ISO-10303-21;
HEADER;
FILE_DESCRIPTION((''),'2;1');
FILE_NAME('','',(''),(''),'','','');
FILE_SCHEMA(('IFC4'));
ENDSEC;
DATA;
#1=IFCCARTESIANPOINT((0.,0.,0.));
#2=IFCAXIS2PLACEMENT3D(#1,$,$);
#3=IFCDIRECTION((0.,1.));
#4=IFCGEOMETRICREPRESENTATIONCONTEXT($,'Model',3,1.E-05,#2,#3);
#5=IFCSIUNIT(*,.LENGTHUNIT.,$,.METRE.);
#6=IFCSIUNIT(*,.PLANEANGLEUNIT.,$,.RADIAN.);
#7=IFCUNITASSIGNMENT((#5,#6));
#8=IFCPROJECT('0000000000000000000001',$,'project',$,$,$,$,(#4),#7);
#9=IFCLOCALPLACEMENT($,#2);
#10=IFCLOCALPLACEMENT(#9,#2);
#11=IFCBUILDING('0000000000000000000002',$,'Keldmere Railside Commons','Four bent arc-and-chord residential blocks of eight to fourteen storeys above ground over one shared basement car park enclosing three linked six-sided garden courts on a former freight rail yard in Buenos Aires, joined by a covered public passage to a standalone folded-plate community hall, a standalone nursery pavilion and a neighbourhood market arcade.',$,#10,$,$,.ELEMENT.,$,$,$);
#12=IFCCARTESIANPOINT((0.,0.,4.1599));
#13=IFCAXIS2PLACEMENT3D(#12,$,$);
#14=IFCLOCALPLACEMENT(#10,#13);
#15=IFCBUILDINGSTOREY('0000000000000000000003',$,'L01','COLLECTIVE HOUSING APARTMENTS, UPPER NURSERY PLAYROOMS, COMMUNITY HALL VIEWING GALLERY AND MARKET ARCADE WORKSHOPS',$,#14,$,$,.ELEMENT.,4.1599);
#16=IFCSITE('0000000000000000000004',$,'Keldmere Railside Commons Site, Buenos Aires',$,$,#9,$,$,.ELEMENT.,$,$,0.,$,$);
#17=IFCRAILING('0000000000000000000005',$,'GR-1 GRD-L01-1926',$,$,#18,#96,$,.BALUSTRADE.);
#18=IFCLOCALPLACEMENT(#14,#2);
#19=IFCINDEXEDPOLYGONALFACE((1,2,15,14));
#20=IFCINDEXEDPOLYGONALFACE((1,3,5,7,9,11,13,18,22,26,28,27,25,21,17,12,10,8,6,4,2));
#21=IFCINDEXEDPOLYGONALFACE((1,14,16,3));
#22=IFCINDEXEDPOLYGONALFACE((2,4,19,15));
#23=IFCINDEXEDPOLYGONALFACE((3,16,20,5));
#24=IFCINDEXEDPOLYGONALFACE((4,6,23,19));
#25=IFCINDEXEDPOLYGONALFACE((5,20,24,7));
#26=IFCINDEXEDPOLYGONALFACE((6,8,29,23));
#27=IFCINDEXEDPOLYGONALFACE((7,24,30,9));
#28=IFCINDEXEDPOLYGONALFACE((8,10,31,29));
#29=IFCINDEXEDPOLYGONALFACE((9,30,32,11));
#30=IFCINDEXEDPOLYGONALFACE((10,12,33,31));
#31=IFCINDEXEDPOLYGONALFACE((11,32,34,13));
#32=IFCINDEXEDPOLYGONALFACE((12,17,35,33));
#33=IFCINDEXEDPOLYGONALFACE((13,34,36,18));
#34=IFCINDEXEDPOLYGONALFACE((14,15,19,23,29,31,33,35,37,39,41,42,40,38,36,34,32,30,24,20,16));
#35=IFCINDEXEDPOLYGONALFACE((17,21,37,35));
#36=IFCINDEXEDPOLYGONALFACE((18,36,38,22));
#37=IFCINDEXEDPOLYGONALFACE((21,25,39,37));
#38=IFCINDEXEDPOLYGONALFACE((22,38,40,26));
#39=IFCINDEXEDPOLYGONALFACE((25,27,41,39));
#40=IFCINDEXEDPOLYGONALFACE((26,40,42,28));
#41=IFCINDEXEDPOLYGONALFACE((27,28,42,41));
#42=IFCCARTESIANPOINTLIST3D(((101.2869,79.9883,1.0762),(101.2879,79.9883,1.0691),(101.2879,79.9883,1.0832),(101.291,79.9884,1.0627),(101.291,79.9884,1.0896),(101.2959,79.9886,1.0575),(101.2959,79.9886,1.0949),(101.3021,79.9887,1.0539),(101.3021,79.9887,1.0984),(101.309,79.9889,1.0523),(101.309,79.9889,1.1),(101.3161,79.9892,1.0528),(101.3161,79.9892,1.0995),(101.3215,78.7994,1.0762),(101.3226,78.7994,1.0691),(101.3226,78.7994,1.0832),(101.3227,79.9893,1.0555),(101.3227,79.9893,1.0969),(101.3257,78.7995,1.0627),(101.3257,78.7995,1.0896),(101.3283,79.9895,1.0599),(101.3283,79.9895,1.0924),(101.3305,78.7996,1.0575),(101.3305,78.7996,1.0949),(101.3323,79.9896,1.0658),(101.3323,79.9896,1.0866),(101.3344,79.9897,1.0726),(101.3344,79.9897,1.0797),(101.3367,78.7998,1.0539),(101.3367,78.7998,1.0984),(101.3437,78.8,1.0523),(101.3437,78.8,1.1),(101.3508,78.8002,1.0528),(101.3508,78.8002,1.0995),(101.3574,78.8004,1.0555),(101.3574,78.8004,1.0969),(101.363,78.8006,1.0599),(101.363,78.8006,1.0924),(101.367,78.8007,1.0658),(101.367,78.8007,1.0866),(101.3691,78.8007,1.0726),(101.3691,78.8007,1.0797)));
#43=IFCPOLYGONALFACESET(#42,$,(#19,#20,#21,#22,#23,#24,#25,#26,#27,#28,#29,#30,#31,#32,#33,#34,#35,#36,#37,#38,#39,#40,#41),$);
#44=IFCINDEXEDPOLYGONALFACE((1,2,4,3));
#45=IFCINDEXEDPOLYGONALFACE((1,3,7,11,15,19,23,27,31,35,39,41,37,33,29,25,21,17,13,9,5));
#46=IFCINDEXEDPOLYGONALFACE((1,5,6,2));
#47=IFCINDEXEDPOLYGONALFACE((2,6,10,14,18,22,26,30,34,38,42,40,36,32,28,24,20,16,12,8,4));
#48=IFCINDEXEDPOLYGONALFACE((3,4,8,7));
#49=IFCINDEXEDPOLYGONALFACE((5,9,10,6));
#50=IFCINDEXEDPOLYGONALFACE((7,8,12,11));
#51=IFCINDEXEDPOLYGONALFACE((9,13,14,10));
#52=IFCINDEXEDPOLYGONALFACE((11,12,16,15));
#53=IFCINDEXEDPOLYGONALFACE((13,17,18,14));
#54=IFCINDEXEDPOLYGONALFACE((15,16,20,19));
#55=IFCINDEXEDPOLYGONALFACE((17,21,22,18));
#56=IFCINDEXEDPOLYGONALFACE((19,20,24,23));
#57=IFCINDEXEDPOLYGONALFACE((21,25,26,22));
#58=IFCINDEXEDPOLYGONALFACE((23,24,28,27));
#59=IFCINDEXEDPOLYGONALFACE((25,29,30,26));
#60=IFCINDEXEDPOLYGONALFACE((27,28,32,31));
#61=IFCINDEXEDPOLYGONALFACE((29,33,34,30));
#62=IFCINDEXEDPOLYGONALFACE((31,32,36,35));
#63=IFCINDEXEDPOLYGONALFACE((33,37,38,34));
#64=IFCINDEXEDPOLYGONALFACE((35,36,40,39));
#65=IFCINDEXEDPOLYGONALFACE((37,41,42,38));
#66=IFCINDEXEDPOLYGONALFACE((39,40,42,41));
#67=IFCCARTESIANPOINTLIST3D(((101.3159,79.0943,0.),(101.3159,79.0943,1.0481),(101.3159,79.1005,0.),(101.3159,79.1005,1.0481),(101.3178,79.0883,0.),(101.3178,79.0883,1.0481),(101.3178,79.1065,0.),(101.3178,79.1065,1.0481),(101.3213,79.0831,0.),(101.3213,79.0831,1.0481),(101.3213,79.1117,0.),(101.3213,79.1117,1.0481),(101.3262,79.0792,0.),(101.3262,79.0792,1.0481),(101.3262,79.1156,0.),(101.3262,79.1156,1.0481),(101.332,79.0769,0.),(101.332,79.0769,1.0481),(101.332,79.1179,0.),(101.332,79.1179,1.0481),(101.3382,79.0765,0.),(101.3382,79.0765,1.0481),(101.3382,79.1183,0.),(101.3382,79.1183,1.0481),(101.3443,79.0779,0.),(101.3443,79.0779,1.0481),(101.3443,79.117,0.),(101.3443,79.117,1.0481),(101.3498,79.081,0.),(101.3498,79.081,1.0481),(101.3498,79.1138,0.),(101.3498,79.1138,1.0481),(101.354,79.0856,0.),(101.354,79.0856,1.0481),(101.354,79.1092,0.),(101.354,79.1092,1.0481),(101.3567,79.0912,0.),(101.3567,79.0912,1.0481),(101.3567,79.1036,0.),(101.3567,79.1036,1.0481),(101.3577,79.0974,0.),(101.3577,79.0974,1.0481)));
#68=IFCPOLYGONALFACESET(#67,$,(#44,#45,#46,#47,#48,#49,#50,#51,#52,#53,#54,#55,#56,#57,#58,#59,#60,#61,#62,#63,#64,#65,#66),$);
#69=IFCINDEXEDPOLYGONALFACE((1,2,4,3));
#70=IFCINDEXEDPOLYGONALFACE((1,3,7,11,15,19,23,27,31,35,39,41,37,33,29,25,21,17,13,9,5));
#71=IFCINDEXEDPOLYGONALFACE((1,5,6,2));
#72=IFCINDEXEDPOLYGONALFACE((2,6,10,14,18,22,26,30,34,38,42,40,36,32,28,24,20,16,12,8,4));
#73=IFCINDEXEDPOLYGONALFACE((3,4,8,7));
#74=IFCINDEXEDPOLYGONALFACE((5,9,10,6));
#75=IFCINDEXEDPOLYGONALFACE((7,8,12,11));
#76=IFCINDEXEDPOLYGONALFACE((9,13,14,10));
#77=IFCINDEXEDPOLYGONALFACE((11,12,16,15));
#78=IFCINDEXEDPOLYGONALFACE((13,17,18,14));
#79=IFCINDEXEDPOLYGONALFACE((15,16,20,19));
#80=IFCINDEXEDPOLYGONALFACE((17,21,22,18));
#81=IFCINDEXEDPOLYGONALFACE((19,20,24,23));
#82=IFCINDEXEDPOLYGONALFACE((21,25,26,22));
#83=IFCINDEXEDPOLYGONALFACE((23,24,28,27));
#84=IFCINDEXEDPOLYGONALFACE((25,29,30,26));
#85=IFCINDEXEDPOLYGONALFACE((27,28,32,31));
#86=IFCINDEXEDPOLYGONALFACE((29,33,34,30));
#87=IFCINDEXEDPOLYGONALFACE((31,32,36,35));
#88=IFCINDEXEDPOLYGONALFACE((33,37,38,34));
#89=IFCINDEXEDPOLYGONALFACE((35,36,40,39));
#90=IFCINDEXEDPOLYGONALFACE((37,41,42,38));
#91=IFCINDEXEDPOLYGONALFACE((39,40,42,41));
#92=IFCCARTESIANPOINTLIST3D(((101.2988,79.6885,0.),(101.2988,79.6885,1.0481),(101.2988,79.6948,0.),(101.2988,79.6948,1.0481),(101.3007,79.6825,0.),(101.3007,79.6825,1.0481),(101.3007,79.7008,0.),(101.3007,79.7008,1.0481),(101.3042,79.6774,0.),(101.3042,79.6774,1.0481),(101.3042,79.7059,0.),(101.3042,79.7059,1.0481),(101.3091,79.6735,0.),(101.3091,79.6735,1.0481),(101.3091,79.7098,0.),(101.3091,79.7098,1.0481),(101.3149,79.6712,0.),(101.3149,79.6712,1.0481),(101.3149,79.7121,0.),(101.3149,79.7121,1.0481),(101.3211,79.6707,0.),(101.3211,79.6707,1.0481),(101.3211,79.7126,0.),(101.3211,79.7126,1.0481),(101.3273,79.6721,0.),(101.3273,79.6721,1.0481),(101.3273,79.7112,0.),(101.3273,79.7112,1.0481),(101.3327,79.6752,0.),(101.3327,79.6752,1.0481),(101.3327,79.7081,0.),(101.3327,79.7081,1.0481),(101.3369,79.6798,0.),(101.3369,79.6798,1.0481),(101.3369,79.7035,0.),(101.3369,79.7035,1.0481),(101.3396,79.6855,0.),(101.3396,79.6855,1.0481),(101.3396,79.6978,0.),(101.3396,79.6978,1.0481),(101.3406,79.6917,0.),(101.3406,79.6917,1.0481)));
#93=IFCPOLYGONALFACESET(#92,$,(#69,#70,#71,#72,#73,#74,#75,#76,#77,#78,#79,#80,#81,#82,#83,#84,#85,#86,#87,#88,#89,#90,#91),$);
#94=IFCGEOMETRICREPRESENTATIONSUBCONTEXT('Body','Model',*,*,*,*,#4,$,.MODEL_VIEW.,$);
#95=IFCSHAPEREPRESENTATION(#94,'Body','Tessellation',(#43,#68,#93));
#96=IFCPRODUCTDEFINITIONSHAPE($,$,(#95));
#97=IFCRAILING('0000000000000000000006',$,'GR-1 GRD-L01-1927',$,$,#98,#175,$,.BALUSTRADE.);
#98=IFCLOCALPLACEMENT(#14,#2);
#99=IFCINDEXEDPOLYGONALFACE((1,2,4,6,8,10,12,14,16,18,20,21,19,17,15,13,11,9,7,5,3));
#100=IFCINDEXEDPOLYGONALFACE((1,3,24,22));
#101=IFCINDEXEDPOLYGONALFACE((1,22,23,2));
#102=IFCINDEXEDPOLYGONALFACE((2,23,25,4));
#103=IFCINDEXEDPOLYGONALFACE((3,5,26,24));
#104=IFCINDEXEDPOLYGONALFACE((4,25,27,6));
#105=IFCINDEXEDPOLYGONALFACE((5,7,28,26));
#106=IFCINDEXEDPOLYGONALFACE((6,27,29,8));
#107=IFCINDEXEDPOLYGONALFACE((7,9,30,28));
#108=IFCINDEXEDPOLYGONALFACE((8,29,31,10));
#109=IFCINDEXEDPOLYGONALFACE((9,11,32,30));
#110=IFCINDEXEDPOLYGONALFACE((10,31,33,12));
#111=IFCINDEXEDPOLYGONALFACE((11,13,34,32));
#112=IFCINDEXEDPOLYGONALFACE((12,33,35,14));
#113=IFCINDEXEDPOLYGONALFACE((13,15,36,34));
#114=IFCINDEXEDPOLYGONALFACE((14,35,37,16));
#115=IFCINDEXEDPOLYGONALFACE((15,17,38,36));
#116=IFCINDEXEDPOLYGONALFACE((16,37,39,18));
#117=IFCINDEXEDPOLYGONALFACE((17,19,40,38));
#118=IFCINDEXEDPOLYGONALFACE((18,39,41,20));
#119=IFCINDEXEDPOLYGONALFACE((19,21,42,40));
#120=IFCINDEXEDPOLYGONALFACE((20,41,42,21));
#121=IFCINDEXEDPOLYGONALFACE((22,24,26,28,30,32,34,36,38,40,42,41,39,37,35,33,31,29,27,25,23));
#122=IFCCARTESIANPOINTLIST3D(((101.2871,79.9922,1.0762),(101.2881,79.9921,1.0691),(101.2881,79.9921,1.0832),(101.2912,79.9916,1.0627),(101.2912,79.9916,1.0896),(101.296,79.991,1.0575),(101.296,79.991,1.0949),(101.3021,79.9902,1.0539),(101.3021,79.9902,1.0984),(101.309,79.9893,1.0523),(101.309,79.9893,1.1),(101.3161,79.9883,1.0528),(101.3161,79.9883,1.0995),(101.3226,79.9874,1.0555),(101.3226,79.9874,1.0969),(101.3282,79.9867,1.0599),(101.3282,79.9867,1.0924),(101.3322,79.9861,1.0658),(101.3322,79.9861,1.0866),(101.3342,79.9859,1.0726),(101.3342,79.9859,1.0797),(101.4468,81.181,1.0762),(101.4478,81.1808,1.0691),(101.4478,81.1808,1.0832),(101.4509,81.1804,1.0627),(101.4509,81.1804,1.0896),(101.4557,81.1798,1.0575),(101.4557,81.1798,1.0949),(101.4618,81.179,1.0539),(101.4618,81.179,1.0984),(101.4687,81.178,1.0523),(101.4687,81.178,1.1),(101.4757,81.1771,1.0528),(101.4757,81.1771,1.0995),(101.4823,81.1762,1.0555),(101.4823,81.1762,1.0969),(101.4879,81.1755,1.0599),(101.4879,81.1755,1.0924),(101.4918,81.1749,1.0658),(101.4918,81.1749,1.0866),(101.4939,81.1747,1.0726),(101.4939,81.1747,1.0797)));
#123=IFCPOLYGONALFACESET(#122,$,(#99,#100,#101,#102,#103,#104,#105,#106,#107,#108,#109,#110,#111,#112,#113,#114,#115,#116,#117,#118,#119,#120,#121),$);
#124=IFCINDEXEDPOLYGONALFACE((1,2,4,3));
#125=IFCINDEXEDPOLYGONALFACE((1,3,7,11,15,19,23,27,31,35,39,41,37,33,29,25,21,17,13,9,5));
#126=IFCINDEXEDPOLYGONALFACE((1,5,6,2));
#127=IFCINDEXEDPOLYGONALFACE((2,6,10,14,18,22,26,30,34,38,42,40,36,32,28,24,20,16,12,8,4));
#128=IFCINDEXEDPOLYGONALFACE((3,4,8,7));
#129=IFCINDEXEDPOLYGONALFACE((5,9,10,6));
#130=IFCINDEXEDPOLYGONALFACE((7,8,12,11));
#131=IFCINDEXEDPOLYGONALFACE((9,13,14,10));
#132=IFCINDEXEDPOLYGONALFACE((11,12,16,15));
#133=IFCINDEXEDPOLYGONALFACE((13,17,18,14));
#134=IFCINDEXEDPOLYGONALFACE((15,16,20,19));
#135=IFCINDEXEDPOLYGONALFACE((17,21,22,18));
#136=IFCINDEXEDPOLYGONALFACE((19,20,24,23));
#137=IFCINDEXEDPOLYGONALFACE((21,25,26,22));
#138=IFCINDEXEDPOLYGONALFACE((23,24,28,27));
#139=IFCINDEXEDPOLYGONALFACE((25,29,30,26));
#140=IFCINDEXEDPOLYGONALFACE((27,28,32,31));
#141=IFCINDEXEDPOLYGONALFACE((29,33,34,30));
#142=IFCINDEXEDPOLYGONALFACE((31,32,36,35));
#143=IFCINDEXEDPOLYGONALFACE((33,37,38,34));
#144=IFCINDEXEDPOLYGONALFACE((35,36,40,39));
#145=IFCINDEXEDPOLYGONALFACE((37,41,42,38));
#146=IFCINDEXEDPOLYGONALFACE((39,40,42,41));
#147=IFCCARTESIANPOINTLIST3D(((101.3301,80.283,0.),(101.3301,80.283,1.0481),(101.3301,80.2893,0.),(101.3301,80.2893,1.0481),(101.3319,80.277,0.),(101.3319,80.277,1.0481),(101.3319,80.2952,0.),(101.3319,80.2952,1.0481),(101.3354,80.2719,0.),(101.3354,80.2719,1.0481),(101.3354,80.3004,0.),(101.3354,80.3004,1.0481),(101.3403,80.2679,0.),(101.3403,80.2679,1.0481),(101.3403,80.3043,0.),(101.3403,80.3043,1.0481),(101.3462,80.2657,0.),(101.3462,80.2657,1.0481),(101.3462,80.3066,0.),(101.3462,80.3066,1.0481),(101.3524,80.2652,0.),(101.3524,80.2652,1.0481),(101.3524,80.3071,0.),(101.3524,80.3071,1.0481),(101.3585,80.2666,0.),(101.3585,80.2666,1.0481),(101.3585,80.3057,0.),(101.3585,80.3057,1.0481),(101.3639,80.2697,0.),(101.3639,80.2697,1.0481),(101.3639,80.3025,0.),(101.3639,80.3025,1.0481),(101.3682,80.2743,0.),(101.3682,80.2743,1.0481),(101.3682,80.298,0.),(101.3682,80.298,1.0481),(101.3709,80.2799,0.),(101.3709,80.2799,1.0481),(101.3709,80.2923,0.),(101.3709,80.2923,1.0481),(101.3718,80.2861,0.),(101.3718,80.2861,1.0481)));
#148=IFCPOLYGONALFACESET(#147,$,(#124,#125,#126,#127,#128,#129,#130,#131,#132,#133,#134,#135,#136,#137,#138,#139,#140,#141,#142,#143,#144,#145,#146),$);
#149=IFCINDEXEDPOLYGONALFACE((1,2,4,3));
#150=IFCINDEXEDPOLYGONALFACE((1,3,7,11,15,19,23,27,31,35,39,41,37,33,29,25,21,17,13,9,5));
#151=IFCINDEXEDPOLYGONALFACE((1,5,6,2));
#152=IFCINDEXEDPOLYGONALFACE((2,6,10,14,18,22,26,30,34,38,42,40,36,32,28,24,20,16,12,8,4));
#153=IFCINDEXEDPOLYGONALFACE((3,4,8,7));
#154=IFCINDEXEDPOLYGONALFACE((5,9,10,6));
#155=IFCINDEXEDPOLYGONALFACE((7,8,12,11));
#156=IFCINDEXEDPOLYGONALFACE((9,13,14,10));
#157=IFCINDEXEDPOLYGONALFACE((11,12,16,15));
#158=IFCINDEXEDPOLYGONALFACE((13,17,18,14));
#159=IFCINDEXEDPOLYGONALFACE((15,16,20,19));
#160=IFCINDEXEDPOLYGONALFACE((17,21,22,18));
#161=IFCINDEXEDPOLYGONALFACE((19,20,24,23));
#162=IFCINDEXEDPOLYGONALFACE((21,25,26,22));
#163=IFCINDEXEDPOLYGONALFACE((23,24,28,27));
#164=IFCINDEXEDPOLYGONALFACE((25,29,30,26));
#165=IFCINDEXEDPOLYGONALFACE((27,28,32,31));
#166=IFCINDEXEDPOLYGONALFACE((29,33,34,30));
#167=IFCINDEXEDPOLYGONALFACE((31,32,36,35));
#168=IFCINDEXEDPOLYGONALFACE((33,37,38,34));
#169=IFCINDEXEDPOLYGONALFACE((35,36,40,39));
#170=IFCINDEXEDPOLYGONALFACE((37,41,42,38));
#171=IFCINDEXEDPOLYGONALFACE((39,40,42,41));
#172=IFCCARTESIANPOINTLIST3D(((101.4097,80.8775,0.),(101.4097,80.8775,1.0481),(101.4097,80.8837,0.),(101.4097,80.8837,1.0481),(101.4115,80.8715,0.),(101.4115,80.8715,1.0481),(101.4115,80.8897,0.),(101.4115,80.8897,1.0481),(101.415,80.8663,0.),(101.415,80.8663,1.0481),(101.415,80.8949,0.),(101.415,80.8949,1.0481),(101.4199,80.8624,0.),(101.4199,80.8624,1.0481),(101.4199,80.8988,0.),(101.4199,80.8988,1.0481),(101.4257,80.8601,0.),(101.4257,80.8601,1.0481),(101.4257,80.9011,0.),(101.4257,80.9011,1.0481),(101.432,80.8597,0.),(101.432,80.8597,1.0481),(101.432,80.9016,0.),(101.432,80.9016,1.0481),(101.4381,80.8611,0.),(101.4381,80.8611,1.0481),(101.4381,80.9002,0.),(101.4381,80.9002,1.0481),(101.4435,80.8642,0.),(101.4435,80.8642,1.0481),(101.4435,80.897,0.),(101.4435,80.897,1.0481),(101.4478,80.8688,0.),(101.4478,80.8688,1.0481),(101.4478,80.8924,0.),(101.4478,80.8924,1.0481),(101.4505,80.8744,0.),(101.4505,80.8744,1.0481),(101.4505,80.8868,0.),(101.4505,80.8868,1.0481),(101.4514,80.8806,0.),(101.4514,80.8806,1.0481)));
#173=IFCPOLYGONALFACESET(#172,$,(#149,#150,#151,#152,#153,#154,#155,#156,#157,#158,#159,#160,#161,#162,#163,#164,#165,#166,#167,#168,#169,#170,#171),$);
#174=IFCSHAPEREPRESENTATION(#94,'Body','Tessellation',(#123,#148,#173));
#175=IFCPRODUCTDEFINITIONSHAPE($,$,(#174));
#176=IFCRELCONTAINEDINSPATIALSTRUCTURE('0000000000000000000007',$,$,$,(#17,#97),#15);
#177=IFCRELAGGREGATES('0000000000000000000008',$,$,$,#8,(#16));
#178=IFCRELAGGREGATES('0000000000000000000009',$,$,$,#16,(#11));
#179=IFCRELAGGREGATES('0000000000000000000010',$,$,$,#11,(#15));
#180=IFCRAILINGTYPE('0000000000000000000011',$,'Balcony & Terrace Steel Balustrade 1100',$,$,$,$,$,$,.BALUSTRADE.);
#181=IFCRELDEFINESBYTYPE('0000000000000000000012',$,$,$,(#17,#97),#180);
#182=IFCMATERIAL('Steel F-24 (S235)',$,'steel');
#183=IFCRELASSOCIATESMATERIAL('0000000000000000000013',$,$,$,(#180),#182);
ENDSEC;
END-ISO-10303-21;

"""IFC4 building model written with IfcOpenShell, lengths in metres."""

from ifc_helpers import new_model, si_unit, direction, frame, origin, origin_2d, place, context, subcontext, project, spatial, circle, extrude, material, type_object, element, save


model = new_model("IFC4")

# Units and contexts
model_context = context("Model", 3, precision=1e-05, world=origin(), true_north=direction((0.0, 1.0)))
body_context = subcontext(model_context, "Body", "Model", "MODEL_VIEW")
ifc_project = project(units=[si_unit("LENGTHUNIT", "METRE"), si_unit("PLANEANGLEUNIT", "RADIAN")], contexts=[model_context])

# Site, building, storey
site_placement = place(None, origin())
site = spatial("IfcSite", under=ifc_project, at=site_placement, Name="Keldmere Railside Commons Site, Buenos Aires", CompositionType="ELEMENT", RefElevation=0.0)
building_placement = place(site_placement, origin())
building = spatial("IfcBuilding", under=site, at=building_placement, Name="Keldmere Railside Commons", Description="Four bent arc-and-chord residential blocks of eight to fourteen storeys above ground over one shared basement car park enclosing three linked six-sided garden courts on a former freight rail yard in Buenos Aires, joined by a covered public passage to a standalone folded-plate community hall, a standalone nursery pavilion and a neighbourhood market arcade.", CompositionType="ELEMENT")
storey_placement = place(building_placement, frame((0.0, 0.0, 4.1599)))
storey = spatial("IfcBuildingStorey", under=building, at=storey_placement, Name="L01", Description="COLLECTIVE HOUSING APARTMENTS, UPPER NURSERY PLAYROOMS, COMMUNITY HALL VIEWING GALLERY AND MARKET ARCADE WORKSHOPS", CompositionType="ELEMENT", Elevation=4.1599)

# Shared definitions
ifc_material_1 = material(Name="Steel F-24 (S235)", Category="steel")

# Railings
railing_type_1 = type_object("IfcRailingType", Name="Balcony & Terrace Steel Balustrade 1100", PredefinedType="BALUSTRADE", material=ifc_material_1)
railing_1_placement = place(storey_placement, frame((101.3455, 78.8, 0.0)))
element("IfcRailing", 1, at=railing_1_placement, inside=storey, type_object=railing_type_1, Name="GR-1 GRD-L01-1926", PredefinedType="BALUSTRADE", context=body_context, shape_type="SweptSolid", body=[
    extrude(circle(Radius=0.0239, at=origin_2d()), frame((0.0, 0.0, 1.0762), z_axis=(-0.029146, 0.999575, 0.0), x_axis=(-0.999575, -0.029146, 0.0)), (0.0, 0.0, 1.0), 1.1895),
    extrude(circle(Radius=0.021, at=origin_2d()), frame((-0.0088, 0.2974, 0.0)), (0.0, 0.0, 1.0), 1.0481),
    extrude(circle(Radius=0.021, at=origin_2d()), frame((-0.0259, 0.8916, 0.0)), (0.0, 0.0, 1.0), 1.0481),
])
railing_2_placement = place(storey_placement, frame((101.3108, 79.989, 0.0)))
element("IfcRailing", 2, at=railing_2_placement, inside=storey, type_object=railing_type_1, Name="GR-1 GRD-L01-1927", PredefinedType="BALUSTRADE", context=body_context, shape_type="SweptSolid", body=[
    extrude(circle(Radius=0.0239, at=origin_2d()), frame((0.0, 0.0, 1.0762), z_axis=(0.133124, 0.991099, 0.0), x_axis=(-0.991099, 0.133124, 0.0)), (0.0, 0.0, 1.0), 1.1995),
    extrude(circle(Radius=0.021, at=origin_2d()), frame((0.04, 0.2971, 0.0)), (0.0, 0.0, 1.0), 1.0481),
    extrude(circle(Radius=0.021, at=origin_2d()), frame((0.1196, 0.8916, 0.0)), (0.0, 0.0, 1.0), 1.0481),
])

save(model, "model.ifc")
